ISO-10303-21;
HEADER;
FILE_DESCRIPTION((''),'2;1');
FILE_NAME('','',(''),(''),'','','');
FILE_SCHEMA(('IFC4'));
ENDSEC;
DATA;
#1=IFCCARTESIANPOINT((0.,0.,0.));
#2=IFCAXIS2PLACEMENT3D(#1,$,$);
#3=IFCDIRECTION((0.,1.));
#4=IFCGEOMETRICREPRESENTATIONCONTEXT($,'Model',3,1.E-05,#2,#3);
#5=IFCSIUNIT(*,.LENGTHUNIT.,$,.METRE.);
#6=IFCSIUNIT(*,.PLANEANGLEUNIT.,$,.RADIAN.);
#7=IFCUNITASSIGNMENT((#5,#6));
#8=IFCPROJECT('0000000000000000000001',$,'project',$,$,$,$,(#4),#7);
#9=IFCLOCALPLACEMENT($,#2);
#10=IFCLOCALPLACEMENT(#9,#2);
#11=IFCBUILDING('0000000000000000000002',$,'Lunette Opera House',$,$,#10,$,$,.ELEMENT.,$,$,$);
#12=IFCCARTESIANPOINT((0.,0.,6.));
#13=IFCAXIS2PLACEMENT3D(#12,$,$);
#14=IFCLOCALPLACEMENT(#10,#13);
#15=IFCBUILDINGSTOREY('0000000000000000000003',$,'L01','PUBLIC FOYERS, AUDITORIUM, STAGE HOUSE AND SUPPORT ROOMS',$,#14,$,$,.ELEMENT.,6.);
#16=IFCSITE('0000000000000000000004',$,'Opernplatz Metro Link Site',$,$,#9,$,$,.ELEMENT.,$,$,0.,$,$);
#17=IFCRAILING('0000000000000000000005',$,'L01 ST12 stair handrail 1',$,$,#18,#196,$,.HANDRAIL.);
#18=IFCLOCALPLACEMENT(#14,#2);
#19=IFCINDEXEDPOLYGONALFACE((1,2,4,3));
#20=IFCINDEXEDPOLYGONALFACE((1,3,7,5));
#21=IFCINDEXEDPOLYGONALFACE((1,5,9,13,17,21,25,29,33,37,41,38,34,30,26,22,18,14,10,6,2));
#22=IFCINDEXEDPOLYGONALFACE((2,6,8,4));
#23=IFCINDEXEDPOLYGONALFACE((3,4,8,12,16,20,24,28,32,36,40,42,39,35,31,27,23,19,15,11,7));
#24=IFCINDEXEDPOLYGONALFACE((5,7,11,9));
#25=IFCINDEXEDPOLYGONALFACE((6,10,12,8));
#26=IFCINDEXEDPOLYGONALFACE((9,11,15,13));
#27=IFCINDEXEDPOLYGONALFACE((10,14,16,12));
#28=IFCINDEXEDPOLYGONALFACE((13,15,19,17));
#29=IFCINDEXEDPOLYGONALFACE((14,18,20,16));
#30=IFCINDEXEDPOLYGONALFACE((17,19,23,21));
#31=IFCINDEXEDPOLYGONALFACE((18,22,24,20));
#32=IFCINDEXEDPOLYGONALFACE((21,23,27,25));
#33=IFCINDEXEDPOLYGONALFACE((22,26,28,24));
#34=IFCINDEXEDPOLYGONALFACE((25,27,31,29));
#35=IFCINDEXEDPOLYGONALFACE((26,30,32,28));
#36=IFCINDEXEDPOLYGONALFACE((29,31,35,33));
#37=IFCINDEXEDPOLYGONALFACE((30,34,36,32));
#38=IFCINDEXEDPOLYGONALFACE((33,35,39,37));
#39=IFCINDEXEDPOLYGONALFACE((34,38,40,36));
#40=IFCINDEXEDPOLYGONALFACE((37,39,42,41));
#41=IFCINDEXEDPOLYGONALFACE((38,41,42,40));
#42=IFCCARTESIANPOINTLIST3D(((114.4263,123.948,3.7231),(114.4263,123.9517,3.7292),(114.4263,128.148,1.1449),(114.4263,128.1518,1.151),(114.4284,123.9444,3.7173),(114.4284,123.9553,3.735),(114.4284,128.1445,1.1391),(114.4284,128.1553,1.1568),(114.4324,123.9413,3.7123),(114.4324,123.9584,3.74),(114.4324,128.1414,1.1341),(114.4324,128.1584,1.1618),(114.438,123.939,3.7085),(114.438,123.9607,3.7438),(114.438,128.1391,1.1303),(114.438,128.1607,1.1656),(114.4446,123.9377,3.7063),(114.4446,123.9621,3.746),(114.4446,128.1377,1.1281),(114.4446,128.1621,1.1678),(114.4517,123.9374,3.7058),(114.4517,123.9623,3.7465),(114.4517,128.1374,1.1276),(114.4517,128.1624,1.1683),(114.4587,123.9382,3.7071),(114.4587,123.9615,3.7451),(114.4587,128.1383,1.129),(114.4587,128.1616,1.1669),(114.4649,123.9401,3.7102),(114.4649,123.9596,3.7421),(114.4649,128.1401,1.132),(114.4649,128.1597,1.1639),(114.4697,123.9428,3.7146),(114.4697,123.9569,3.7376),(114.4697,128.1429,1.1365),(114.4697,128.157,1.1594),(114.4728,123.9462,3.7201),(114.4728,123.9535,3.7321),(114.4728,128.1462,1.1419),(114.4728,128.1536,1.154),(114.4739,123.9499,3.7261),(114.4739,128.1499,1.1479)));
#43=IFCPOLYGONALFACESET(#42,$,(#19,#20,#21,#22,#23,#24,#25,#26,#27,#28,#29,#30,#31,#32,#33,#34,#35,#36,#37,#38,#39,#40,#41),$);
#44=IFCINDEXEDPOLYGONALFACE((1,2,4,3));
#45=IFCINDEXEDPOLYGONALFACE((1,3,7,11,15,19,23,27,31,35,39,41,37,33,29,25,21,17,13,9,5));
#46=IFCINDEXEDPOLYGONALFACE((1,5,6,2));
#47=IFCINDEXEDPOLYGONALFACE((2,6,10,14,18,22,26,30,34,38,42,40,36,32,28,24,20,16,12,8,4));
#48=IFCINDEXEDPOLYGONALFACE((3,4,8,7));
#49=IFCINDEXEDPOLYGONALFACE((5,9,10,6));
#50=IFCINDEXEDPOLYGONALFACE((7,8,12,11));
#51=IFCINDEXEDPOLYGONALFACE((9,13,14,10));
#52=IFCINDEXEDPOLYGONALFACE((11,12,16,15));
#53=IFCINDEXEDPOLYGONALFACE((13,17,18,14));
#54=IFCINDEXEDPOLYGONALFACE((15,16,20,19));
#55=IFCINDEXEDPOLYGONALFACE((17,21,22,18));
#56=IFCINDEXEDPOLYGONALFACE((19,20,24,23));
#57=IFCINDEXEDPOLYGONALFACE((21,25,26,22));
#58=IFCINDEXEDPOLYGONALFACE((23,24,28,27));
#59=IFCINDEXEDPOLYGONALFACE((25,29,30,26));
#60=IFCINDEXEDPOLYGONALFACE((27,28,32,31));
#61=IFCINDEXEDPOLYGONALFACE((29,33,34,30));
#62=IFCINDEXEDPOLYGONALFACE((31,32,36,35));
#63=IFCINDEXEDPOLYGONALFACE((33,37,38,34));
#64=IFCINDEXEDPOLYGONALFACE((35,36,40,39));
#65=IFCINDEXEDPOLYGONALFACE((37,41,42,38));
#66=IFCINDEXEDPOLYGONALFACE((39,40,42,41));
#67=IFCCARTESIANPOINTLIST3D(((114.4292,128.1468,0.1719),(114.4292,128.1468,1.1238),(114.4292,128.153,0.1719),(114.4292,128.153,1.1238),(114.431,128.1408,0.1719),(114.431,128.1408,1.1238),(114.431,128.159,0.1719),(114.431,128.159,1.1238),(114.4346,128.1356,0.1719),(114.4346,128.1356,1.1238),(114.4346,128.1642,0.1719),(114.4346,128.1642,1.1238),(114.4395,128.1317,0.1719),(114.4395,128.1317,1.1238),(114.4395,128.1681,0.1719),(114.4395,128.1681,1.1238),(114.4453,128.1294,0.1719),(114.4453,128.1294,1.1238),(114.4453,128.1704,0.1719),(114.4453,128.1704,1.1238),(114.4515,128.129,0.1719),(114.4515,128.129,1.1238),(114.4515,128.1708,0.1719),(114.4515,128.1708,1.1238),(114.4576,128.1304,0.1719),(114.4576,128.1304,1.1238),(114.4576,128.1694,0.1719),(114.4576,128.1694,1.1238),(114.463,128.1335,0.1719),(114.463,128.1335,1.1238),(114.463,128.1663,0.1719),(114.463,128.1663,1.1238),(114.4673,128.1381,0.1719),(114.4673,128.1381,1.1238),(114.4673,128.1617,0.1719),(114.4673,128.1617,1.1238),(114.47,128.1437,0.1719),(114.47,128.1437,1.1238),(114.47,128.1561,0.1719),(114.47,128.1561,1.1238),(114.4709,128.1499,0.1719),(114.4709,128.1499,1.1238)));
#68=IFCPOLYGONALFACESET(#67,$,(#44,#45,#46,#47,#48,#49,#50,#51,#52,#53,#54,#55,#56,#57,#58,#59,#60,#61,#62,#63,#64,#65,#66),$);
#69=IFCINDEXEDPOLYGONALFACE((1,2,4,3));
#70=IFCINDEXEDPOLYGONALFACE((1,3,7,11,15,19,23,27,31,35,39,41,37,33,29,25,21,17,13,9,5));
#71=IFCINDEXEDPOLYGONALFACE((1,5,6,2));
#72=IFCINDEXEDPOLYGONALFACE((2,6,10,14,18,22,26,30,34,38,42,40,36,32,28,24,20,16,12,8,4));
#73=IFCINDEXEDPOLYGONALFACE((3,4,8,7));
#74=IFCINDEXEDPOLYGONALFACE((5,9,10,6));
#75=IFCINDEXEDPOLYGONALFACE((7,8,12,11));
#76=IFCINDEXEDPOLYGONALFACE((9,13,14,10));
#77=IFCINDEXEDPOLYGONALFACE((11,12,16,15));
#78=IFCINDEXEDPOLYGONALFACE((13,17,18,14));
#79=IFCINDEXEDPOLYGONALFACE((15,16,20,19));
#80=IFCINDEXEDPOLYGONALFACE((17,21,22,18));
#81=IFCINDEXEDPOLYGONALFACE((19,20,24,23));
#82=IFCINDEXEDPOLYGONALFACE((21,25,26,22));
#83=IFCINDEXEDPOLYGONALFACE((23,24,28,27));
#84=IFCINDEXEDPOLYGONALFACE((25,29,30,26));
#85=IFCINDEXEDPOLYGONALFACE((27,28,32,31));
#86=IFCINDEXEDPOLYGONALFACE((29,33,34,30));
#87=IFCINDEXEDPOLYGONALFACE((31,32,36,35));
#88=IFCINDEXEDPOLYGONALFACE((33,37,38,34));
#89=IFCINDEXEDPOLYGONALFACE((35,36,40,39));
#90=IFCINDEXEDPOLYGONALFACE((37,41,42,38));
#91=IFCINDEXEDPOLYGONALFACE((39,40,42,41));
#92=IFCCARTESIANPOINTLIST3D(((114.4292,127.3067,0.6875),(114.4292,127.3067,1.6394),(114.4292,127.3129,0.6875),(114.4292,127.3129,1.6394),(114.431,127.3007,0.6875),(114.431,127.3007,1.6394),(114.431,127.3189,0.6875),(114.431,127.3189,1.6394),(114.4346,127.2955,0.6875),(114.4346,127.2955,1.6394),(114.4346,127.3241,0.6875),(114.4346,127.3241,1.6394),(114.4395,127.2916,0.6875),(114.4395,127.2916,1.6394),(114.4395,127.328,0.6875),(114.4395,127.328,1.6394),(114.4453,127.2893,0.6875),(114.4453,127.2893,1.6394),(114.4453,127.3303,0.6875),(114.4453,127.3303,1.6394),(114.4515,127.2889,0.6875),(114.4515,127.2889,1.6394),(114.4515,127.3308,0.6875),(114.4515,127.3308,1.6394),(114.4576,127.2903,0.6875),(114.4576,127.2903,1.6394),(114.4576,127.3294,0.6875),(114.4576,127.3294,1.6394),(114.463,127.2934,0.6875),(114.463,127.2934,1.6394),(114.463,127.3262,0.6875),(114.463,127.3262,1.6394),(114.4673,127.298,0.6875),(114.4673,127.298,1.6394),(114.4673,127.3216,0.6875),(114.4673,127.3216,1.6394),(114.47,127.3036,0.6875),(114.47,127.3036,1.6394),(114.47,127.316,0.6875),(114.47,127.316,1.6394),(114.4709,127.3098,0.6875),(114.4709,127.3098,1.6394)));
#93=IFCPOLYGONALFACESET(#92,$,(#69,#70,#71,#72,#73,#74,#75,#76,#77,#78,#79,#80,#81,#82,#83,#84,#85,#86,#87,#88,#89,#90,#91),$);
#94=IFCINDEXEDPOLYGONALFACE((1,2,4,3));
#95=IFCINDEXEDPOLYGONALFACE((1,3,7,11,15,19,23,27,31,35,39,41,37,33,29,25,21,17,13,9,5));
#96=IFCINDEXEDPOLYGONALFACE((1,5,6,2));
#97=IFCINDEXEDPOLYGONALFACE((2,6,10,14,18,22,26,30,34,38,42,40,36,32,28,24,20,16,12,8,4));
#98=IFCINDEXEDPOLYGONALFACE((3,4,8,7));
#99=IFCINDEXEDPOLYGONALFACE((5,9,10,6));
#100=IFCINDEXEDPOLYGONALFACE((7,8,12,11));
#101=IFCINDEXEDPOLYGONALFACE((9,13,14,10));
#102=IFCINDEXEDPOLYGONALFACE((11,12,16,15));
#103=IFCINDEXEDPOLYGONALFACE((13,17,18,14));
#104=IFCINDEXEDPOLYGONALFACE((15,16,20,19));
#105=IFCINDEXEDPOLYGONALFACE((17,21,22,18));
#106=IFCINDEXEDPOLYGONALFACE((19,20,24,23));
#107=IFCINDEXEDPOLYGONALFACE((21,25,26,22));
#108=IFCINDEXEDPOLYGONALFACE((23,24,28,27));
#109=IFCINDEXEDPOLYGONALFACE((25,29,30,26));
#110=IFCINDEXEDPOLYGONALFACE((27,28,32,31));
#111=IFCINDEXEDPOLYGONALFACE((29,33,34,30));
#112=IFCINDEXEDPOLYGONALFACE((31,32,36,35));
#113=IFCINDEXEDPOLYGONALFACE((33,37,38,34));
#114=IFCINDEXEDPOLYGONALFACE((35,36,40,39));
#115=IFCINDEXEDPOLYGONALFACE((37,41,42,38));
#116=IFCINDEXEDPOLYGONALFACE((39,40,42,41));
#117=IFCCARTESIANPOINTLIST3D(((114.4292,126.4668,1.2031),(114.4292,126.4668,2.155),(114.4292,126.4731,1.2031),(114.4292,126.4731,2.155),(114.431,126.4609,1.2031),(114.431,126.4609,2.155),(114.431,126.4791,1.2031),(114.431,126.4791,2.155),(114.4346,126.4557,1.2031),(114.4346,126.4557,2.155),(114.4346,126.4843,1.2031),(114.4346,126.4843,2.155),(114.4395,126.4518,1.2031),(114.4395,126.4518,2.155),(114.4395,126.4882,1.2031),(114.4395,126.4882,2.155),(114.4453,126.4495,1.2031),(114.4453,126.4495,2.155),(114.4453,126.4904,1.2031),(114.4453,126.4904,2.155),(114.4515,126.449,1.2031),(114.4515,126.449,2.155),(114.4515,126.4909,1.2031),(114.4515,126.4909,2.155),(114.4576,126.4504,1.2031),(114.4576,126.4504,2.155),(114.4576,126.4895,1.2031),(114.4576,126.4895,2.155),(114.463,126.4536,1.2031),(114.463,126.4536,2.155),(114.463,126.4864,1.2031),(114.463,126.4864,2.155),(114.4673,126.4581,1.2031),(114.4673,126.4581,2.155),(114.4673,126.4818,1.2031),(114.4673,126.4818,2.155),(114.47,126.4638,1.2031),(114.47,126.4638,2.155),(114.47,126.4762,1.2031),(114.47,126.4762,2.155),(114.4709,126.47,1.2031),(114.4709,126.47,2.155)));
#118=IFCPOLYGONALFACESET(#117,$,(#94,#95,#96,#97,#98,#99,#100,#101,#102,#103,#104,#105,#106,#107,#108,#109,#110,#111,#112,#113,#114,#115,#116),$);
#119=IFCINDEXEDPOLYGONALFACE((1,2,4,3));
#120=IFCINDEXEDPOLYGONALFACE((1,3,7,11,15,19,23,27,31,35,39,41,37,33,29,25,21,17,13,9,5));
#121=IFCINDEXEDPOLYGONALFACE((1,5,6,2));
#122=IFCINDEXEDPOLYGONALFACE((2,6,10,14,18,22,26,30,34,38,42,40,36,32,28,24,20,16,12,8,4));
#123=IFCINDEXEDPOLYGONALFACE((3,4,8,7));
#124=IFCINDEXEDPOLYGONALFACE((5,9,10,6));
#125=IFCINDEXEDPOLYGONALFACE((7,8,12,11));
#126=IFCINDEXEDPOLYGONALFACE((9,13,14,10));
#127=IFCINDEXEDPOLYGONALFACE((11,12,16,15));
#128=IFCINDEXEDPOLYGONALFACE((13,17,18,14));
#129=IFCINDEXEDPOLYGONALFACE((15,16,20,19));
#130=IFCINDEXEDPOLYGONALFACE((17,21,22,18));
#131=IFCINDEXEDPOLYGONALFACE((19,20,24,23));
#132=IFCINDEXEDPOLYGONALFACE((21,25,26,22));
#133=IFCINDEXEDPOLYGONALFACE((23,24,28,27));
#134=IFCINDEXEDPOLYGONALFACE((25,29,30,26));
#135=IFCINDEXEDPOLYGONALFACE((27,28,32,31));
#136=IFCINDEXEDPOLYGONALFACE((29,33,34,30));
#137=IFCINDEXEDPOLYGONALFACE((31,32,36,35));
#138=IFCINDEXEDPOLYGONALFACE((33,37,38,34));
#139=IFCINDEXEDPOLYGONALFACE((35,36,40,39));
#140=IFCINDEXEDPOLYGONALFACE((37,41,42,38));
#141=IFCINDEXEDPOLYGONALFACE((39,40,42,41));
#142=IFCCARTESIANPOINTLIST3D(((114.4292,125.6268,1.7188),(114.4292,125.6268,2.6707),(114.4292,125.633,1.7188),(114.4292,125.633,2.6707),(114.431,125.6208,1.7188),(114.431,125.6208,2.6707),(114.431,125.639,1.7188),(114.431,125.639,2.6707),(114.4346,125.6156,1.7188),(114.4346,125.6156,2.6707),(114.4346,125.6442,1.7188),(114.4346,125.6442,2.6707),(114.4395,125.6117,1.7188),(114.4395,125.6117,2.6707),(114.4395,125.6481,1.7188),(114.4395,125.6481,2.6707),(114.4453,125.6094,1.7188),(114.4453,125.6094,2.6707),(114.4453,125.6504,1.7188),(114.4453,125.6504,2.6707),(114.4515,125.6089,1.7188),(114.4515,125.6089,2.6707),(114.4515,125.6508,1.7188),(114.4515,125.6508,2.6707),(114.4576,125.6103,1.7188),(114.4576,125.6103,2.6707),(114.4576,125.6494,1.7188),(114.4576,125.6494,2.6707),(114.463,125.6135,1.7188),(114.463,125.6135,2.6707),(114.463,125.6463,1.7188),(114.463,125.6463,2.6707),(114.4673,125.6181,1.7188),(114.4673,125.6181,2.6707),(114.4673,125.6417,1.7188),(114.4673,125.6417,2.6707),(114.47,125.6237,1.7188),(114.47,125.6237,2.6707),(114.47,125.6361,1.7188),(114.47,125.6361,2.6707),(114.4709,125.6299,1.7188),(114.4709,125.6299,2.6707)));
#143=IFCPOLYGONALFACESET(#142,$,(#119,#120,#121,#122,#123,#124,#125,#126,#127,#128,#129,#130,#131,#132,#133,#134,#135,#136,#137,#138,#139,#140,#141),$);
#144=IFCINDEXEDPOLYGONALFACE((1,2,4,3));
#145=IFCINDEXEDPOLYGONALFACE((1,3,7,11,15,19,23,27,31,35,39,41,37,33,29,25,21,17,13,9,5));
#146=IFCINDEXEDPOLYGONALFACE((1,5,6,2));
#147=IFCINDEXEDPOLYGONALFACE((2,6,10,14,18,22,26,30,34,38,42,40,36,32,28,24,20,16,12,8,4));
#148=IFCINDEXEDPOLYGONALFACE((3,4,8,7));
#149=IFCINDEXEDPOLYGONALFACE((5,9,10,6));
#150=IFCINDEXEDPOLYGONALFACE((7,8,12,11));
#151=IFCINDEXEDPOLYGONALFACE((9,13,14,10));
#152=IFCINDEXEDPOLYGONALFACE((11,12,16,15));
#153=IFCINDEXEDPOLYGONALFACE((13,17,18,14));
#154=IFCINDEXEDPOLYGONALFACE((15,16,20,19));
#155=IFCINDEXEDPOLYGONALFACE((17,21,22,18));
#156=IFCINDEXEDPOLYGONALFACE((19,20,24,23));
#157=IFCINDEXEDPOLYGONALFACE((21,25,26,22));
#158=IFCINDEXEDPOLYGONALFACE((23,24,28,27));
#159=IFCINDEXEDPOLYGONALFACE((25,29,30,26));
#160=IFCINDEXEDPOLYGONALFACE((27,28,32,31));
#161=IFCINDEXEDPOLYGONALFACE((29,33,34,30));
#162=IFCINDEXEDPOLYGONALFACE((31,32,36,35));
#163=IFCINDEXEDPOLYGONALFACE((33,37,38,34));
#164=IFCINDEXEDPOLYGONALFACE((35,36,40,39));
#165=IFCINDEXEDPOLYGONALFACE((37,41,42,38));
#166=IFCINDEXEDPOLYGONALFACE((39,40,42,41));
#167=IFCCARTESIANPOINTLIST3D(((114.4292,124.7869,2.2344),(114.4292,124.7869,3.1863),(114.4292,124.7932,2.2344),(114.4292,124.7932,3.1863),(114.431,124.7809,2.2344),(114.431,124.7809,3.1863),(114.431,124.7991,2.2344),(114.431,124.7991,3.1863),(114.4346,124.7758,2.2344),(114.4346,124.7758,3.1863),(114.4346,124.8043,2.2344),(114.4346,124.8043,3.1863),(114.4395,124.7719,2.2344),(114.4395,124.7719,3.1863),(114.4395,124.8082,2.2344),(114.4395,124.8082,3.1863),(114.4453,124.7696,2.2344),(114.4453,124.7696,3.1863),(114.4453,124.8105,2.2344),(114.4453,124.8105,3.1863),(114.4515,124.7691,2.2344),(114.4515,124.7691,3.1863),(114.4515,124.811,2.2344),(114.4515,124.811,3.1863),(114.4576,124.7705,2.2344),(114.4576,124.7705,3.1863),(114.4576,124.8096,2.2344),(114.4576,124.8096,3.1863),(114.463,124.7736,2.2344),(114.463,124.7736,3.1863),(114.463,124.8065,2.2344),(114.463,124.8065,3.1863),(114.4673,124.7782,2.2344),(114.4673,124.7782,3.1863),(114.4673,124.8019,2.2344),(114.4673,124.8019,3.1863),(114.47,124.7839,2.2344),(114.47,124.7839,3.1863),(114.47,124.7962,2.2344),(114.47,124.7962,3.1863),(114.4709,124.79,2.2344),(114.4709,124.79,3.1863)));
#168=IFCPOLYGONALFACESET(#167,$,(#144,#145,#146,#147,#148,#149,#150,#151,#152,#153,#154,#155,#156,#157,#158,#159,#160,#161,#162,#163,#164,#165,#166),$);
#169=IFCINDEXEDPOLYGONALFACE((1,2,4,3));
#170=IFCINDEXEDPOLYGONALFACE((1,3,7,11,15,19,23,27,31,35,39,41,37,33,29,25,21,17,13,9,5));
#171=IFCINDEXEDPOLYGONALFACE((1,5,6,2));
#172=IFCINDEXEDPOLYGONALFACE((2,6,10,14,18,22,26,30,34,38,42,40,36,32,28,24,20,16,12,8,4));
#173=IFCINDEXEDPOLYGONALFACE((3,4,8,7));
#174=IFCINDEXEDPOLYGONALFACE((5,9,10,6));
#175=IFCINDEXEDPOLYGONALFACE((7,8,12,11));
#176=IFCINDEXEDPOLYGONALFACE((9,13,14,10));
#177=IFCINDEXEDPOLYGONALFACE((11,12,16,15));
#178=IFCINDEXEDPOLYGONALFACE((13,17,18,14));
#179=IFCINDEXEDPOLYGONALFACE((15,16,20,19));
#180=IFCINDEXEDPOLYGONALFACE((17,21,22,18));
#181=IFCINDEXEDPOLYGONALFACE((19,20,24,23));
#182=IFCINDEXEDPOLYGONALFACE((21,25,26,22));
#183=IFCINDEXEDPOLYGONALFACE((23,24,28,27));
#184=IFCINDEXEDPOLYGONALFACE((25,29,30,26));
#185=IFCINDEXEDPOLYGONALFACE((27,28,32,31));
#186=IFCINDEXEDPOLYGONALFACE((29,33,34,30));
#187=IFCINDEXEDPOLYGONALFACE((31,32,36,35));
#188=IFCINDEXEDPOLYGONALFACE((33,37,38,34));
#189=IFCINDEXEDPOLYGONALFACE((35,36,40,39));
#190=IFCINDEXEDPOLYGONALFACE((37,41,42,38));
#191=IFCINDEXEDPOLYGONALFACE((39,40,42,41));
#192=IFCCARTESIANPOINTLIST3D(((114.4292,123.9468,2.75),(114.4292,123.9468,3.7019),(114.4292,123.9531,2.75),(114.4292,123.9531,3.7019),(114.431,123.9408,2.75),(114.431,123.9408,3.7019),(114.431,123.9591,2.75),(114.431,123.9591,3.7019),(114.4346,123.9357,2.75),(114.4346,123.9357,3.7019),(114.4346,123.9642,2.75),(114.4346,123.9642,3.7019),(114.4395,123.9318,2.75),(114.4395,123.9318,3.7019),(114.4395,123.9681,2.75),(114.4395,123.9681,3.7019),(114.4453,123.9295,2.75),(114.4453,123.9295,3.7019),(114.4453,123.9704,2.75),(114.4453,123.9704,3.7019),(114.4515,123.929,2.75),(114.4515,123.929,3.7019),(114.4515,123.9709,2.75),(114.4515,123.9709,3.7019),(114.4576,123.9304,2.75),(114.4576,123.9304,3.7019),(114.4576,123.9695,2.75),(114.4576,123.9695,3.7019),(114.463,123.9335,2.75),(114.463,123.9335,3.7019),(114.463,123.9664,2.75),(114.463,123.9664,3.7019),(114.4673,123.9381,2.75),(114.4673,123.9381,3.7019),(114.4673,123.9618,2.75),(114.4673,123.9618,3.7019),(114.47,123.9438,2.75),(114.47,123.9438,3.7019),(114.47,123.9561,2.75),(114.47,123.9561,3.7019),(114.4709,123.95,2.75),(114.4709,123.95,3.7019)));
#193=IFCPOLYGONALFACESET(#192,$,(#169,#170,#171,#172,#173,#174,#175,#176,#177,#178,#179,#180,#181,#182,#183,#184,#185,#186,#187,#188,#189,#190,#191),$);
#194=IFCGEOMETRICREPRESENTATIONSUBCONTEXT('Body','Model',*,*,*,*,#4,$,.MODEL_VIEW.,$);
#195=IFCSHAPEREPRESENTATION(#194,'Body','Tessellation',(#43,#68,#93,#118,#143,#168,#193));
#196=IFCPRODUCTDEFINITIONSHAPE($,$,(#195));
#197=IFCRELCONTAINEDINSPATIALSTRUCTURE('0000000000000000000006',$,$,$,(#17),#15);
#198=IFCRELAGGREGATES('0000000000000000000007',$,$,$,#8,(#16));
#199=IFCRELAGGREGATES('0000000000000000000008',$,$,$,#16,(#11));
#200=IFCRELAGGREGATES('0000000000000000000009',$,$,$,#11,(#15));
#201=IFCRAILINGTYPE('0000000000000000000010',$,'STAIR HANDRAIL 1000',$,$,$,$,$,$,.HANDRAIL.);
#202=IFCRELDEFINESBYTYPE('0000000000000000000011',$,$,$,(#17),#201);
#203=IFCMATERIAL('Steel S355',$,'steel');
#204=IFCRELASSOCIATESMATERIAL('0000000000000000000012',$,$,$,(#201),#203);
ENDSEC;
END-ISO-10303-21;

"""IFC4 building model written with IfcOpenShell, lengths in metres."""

from ifc_helpers import new_model, si_unit, direction, frame, origin, origin_2d, place, context, subcontext, project, spatial, circle, extrude, material, type_object, element, save


model = new_model("IFC4")

# Units and contexts
model_context = context("Model", 3, precision=1e-05, world=origin(), true_north=direction((0.0, 1.0)))
body_context = subcontext(model_context, "Body", "Model", "MODEL_VIEW")
ifc_project = project(units=[si_unit("LENGTHUNIT", "METRE"), si_unit("PLANEANGLEUNIT", "RADIAN")], contexts=[model_context])

# Site, building, storey
site_placement = place(None, origin())
site = spatial("IfcSite", under=ifc_project, at=site_placement, Name="Opernplatz Metro Link Site", CompositionType="ELEMENT", RefElevation=0.0)
building_placement = place(site_placement, origin())
building = spatial("IfcBuilding", under=site, at=building_placement, Name="Lunette Opera House", CompositionType="ELEMENT")
storey_placement = place(building_placement, frame((0.0, 0.0, 6.0)))
storey = spatial("IfcBuildingStorey", under=building, at=storey_placement, Name="L01", Description="PUBLIC FOYERS, AUDITORIUM, STAGE HOUSE AND SUPPORT ROOMS", CompositionType="ELEMENT", Elevation=6.0)

# Railing
ifc_material_1 = material(Name="Steel S355", Category="steel")
railing_type_1 = type_object("IfcRailingType", Name="STAIR HANDRAIL 1000", PredefinedType="HANDRAIL", material=ifc_material_1)
railing_1_placement = place(storey_placement, frame((114.45, 128.1499, 0.1719)))
element("IfcRailing", 1, at=railing_1_placement, inside=storey, type_object=railing_type_1, Name="L01 ST12 stair handrail 1", PredefinedType="HANDRAIL", context=body_context, shape_type="SweptSolid", body=[
    extrude(circle(Radius=0.0239, at=origin_2d()), frame((0.0, 0.0, 0.9761), z_axis=(0.0, -0.852243, 0.523146), x_axis=(1.0, 0.0, 0.0)), (0.0, 0.0, 1.0), 4.9282),
    extrude(circle(Radius=0.021, at=origin_2d()), origin(), (0.0, 0.0, 1.0), 0.9519),
    extrude(circle(Radius=0.021, at=origin_2d()), frame((0.0, -0.8401, 0.5156)), (0.0, 0.0, 1.0), 0.9519),
    extrude(circle(Radius=0.021, at=origin_2d()), frame((0.0, -1.6799, 1.0312)), (0.0, 0.0, 1.0), 0.9519),
    extrude(circle(Radius=0.021, at=origin_2d()), frame((0.0, -2.52, 1.5469)), (0.0, 0.0, 1.0), 0.9519),
    extrude(circle(Radius=0.021, at=origin_2d()), frame((0.0, -3.3599, 2.0625)), (0.0, 0.0, 1.0), 0.9519),
    extrude(circle(Radius=0.021, at=origin_2d()), frame((0.0, -4.2, 2.5781)), (0.0, 0.0, 1.0), 0.9519),
])

save(model, "model.ifc")
